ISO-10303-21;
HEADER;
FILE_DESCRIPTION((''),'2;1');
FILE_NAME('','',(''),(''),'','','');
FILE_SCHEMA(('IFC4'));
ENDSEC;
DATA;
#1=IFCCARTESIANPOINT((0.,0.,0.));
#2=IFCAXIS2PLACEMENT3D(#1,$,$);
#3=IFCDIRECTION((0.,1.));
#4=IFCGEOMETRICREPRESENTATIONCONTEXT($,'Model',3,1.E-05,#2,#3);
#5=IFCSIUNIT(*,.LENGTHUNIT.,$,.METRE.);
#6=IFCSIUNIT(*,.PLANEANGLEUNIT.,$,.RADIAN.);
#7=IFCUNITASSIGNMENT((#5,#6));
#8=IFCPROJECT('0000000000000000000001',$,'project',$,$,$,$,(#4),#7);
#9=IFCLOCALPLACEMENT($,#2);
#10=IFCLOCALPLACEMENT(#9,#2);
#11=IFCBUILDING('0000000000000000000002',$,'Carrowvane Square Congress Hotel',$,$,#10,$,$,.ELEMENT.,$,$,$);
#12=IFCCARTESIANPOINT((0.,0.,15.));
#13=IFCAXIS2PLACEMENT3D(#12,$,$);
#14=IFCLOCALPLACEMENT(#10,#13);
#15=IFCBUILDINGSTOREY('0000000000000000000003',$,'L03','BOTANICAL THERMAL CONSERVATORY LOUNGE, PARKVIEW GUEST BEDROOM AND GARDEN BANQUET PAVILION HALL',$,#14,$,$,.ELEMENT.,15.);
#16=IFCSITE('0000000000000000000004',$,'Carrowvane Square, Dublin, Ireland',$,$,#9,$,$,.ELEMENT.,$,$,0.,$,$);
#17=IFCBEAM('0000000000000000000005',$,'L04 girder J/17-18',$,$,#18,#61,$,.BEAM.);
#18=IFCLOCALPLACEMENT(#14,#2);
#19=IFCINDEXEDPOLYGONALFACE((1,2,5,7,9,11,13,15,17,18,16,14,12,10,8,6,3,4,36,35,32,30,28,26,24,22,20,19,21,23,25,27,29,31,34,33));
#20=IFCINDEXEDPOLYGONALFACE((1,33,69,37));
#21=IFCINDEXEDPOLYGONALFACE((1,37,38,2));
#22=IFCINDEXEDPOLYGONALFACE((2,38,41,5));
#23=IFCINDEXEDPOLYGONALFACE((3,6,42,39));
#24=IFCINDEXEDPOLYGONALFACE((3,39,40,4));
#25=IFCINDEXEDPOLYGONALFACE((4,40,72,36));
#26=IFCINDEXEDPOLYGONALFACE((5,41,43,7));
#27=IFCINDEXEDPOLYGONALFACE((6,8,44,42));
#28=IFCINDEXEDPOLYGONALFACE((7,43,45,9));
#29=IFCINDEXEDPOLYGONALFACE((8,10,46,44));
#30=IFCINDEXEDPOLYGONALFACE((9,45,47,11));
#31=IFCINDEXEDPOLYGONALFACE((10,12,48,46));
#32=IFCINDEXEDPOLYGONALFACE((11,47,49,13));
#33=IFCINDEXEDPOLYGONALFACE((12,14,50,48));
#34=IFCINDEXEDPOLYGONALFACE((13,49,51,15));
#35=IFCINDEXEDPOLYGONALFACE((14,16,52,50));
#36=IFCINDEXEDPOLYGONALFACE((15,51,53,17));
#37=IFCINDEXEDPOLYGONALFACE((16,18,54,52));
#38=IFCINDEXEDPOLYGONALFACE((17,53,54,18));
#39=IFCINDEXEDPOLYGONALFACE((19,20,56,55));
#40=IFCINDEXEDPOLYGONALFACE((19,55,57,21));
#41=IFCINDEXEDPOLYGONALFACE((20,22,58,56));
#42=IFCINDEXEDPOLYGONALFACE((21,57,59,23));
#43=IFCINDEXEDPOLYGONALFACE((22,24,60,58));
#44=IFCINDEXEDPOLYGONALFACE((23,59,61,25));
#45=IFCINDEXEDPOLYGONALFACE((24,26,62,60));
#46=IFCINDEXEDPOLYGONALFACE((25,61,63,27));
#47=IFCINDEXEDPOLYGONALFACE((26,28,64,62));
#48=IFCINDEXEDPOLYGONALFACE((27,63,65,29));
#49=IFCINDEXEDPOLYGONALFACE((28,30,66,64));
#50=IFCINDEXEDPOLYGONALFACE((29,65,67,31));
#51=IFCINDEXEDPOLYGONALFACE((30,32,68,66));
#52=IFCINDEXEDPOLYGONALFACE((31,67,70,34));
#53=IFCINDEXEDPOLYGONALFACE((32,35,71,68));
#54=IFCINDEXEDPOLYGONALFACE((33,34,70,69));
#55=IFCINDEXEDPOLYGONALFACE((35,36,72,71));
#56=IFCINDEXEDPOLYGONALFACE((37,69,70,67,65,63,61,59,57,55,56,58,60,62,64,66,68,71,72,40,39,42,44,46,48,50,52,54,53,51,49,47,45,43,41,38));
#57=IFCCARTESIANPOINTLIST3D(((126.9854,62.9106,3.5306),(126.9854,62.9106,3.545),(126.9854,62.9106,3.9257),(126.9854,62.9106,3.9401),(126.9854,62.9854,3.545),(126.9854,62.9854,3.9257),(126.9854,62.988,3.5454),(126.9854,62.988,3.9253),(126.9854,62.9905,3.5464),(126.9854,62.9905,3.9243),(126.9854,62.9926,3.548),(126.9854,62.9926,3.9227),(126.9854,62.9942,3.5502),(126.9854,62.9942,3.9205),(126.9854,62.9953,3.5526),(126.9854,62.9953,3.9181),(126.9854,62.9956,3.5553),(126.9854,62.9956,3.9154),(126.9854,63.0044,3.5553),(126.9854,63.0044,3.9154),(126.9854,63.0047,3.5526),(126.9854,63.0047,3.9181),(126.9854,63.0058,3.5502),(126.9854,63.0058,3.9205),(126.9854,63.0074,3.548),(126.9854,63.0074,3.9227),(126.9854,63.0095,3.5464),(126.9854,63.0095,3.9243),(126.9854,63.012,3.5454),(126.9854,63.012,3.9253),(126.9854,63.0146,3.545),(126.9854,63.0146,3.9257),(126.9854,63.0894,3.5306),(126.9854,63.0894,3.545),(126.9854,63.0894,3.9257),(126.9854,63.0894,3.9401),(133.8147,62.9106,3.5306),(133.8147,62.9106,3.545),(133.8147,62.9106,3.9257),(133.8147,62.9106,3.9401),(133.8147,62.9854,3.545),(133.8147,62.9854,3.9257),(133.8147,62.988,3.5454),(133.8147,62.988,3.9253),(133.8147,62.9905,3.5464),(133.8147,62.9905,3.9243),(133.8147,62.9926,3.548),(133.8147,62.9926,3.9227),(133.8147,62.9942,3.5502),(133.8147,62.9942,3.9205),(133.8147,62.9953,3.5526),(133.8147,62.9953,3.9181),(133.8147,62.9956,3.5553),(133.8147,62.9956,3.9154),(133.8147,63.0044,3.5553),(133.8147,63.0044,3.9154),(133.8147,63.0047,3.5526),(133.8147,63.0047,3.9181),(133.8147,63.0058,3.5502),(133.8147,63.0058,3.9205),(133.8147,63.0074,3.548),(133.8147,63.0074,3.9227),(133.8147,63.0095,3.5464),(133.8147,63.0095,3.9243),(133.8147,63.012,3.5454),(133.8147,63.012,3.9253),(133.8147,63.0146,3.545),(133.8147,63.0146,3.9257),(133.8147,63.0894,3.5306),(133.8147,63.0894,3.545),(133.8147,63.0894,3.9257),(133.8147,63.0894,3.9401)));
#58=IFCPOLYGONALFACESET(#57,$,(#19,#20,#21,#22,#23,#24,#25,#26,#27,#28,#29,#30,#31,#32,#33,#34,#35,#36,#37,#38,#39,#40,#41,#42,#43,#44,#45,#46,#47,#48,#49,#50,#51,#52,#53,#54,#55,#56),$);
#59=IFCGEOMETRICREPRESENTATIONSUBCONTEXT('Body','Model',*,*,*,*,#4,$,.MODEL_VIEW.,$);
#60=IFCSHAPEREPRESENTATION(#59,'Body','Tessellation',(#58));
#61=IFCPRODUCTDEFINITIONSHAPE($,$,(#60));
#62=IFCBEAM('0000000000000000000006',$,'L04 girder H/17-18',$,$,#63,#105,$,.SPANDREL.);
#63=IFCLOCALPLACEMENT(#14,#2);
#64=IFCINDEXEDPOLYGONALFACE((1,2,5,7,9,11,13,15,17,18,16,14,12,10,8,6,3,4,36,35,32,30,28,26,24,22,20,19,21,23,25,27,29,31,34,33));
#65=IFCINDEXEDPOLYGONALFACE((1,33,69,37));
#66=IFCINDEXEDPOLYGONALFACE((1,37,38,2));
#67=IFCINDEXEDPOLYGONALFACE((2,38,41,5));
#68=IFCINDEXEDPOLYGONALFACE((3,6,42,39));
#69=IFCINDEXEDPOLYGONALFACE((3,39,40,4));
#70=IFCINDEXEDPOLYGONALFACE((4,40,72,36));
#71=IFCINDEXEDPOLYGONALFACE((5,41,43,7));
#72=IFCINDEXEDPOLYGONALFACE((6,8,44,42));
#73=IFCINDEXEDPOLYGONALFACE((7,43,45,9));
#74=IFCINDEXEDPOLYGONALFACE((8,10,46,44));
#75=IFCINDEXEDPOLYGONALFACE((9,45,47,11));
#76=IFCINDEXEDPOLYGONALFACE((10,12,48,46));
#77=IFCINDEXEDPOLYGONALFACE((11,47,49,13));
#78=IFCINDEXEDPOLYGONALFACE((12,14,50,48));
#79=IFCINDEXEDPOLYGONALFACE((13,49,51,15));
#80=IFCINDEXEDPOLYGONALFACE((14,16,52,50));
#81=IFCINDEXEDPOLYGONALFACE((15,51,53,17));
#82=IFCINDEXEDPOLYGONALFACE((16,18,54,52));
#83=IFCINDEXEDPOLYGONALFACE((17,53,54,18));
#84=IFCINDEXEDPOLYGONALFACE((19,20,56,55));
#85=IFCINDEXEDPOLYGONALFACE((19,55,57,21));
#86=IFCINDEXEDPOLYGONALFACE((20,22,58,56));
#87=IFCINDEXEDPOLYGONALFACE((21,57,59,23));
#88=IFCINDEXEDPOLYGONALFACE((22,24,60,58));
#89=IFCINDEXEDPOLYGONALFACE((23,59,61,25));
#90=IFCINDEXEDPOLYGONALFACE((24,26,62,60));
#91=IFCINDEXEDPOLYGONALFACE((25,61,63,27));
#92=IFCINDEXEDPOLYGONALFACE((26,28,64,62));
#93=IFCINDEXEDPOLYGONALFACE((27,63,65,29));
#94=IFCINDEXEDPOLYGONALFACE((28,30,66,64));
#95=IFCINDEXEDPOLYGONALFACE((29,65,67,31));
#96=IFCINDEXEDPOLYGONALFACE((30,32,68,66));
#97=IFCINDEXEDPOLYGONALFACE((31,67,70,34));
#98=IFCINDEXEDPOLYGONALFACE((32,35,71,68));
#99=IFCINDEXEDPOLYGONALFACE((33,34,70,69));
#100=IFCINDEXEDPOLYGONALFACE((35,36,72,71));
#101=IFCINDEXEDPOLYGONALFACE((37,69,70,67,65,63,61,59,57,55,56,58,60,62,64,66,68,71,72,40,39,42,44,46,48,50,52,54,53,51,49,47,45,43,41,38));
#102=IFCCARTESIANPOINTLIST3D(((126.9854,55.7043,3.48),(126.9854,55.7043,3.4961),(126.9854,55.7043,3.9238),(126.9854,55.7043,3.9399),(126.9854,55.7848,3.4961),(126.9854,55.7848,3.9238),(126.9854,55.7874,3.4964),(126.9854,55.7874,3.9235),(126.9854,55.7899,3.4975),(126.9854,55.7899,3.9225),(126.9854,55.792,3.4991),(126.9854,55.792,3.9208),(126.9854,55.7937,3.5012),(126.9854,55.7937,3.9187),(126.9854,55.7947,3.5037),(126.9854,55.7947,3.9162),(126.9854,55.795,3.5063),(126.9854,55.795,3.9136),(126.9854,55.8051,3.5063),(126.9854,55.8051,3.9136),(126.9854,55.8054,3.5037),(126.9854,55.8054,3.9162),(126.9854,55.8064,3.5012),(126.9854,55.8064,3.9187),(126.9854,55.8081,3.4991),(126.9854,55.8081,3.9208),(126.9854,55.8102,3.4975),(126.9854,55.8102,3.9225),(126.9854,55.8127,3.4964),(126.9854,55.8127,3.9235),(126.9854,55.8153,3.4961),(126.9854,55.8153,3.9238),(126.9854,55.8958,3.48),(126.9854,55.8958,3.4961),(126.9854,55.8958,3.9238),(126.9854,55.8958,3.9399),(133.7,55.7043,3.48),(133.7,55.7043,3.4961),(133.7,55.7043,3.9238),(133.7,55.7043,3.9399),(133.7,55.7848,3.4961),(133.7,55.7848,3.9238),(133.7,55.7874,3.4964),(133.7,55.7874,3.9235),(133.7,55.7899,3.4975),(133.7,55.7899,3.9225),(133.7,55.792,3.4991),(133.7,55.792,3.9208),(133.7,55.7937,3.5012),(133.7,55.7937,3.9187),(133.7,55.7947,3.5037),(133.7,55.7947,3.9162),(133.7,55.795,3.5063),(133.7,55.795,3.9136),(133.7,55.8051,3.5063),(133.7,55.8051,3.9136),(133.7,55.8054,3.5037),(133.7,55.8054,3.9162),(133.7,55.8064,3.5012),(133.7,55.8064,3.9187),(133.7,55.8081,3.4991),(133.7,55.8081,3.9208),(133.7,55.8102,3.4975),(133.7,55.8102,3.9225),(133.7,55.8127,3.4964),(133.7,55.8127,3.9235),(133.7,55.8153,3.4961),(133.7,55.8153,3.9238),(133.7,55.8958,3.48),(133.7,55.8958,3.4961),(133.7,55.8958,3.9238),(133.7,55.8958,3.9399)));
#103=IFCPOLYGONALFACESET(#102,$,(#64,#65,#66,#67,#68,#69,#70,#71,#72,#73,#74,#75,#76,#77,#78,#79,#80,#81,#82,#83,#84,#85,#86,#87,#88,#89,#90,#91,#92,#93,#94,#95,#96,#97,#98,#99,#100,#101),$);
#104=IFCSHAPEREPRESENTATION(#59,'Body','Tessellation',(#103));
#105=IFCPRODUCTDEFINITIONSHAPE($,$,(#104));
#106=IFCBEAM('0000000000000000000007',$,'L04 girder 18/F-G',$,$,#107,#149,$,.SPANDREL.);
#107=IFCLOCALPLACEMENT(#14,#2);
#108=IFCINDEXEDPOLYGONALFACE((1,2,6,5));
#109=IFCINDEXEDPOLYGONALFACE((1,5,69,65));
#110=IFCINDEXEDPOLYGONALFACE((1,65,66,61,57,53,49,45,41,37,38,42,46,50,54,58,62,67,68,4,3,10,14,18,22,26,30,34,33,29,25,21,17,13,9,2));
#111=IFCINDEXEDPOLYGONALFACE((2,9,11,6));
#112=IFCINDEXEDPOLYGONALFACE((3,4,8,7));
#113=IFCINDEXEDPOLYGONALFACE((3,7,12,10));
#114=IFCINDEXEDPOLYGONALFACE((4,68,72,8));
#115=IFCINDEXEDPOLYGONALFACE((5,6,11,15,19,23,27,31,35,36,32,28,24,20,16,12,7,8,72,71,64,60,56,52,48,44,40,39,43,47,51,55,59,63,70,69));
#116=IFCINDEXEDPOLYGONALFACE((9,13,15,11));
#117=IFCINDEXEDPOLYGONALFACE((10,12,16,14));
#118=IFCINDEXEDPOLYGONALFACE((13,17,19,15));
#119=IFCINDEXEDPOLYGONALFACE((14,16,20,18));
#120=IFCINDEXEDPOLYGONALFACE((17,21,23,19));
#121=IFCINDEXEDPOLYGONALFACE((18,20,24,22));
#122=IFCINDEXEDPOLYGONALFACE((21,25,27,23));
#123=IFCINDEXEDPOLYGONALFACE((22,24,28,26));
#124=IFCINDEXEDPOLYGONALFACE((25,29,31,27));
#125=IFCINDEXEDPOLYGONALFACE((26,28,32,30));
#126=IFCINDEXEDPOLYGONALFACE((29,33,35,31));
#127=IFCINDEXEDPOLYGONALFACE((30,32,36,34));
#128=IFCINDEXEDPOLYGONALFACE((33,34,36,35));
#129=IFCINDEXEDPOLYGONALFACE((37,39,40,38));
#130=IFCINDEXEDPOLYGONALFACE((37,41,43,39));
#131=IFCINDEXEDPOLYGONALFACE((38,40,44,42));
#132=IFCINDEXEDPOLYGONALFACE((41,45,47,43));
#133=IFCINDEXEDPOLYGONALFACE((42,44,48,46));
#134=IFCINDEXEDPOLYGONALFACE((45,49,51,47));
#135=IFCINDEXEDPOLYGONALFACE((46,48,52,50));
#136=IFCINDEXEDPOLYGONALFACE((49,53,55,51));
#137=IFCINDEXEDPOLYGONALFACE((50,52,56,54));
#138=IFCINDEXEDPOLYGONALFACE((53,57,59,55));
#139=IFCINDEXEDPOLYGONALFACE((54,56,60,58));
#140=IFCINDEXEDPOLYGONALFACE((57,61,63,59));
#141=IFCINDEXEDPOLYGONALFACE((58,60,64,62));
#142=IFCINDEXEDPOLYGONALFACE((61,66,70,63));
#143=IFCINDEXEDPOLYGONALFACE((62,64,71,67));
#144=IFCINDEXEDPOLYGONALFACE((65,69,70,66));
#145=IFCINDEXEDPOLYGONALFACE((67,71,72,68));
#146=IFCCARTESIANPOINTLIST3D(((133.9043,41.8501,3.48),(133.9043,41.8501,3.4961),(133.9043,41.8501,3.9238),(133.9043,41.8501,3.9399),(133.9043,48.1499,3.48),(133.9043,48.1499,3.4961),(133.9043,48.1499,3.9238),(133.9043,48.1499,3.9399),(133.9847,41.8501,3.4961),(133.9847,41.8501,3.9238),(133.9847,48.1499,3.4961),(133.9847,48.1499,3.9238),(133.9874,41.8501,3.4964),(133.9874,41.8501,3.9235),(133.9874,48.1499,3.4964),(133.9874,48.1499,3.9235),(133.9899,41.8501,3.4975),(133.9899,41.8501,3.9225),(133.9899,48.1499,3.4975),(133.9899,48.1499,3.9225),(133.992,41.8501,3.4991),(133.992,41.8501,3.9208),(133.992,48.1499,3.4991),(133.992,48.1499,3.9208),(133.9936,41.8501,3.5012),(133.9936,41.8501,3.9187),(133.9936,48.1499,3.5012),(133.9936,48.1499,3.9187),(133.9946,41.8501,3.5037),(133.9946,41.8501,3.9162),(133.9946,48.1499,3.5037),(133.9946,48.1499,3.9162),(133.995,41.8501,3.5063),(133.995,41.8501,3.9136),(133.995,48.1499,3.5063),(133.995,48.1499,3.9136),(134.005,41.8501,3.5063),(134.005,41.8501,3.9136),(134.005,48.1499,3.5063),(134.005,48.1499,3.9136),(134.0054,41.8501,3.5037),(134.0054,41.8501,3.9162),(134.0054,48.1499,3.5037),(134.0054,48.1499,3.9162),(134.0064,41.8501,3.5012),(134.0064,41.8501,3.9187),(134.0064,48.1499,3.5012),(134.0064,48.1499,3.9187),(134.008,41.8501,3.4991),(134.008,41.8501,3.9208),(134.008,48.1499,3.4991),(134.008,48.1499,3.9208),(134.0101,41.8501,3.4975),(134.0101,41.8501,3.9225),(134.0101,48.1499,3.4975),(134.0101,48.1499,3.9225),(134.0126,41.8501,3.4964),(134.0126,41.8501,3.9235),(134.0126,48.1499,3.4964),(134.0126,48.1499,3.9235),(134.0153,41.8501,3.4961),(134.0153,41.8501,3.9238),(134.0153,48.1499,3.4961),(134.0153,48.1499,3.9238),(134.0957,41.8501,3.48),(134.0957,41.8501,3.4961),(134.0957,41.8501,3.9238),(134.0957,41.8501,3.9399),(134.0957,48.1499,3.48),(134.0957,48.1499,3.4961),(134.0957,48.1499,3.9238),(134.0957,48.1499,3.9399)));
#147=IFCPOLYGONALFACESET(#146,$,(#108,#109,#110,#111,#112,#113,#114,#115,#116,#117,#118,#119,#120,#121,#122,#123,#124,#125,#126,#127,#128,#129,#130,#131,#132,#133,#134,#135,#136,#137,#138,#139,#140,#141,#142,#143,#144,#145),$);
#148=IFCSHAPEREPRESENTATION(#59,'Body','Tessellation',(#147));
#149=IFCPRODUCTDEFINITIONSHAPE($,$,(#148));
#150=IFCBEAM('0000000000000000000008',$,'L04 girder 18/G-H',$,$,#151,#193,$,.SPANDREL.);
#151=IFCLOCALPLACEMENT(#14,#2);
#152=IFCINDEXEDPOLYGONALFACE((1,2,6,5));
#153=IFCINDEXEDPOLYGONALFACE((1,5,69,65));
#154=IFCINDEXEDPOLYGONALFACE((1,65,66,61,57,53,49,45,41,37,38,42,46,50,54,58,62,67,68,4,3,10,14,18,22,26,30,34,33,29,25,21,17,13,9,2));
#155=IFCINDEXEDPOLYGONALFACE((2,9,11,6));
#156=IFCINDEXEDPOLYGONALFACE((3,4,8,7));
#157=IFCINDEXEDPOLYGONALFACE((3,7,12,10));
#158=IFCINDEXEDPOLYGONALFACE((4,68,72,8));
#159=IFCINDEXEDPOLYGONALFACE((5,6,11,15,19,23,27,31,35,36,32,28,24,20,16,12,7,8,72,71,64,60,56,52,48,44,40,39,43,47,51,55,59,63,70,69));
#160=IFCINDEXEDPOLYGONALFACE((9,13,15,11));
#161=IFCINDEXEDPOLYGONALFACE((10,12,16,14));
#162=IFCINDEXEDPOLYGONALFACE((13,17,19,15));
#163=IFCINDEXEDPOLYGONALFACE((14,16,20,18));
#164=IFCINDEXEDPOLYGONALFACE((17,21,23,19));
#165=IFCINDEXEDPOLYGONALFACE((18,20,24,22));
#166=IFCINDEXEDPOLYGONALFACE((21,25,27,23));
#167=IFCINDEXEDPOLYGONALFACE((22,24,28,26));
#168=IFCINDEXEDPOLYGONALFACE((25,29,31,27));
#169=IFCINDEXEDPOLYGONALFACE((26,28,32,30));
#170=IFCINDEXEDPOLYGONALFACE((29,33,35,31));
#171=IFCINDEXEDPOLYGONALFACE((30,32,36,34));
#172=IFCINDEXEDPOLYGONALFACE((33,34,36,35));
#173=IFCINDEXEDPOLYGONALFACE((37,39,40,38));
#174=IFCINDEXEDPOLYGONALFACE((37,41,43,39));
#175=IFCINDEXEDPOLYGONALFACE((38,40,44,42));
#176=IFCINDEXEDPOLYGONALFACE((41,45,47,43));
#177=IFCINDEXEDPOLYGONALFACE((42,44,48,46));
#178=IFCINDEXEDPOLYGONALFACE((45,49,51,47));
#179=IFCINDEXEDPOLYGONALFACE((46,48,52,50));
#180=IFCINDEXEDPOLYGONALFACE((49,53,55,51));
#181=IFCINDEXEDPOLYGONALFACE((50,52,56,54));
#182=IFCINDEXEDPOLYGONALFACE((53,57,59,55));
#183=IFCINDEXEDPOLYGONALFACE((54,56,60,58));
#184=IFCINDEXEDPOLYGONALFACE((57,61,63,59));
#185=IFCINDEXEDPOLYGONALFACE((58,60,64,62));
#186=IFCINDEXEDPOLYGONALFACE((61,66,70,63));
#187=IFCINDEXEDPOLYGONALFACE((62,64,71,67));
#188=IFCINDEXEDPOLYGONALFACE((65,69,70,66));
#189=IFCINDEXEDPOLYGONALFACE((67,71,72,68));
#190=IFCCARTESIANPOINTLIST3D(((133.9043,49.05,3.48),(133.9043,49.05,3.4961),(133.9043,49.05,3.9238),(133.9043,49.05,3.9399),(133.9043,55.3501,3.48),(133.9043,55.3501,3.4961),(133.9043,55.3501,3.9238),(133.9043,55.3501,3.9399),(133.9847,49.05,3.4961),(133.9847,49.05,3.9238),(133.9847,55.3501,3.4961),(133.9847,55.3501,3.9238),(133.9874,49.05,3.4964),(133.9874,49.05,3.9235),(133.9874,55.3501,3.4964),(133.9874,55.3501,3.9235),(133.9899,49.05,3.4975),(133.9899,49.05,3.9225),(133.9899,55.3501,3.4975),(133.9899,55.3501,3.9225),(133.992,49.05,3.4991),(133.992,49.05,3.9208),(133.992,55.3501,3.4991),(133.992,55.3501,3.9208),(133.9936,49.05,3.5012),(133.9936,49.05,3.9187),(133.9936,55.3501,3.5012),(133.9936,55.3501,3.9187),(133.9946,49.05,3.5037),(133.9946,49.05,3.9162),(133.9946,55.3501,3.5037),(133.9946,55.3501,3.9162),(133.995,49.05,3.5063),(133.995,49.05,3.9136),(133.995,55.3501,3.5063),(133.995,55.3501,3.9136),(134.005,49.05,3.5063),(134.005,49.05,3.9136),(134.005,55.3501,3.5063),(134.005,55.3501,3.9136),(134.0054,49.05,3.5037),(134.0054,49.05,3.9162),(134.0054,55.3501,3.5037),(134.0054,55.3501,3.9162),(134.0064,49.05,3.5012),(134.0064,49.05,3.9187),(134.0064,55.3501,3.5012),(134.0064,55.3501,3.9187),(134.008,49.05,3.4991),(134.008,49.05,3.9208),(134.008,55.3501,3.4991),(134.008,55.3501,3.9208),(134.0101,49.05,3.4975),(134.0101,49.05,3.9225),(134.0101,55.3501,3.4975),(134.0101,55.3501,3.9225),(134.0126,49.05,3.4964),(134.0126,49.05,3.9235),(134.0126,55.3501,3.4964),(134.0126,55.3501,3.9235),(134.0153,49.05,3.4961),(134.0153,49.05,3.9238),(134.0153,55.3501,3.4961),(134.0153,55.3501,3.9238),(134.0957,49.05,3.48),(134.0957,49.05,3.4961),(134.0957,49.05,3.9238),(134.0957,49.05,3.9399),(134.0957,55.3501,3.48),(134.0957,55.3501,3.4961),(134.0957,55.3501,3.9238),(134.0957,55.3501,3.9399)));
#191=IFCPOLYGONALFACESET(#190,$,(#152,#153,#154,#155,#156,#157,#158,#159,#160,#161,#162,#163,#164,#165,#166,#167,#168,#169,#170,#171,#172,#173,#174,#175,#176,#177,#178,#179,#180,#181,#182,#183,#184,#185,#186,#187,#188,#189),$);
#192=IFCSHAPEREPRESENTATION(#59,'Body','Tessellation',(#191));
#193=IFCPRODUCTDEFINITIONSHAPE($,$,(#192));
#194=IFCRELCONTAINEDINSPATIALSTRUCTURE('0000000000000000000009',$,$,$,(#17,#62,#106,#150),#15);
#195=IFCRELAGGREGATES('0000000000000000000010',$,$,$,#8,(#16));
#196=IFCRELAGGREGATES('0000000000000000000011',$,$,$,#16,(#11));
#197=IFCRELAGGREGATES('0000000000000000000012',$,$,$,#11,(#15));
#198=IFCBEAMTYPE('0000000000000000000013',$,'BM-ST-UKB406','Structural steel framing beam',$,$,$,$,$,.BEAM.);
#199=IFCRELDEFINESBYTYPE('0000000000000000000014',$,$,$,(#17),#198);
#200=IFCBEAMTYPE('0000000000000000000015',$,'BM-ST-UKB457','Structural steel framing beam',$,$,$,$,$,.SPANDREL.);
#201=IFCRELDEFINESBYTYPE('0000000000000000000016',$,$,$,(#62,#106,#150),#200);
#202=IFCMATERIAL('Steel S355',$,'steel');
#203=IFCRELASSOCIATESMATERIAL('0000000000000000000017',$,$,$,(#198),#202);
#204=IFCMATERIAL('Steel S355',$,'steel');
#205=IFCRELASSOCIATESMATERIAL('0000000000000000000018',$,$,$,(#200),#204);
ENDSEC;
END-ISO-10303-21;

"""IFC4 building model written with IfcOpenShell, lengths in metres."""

from ifc_helpers import new_model, si_unit, direction, frame, origin, origin_2d, place, context, subcontext, project, spatial, i_section, extrude, material, material_profile, profile_set, type_object, element, save


model = new_model("IFC4")

# Units and contexts
model_context = context("Model", 3, precision=1e-05, world=origin(), true_north=direction((0.0, 1.0)))
body_context = subcontext(model_context, "Body", "Model", "MODEL_VIEW")
ifc_project = project(units=[si_unit("LENGTHUNIT", "METRE"), si_unit("PLANEANGLEUNIT", "RADIAN")], contexts=[model_context])

# Site, building, storey
site_placement = place(None, origin())
site = spatial("IfcSite", under=ifc_project, at=site_placement, Name="Carrowvane Square, Dublin, Ireland", CompositionType="ELEMENT", RefElevation=0.0)
building_placement = place(site_placement, origin())
building = spatial("IfcBuilding", under=site, at=building_placement, Name="Carrowvane Square Congress Hotel", CompositionType="ELEMENT")
storey_placement = place(building_placement, frame((0.0, 0.0, 15.0)))
storey = spatial("IfcBuildingStorey", under=building, at=storey_placement, Name="L03", Description="BOTANICAL THERMAL CONSERVATORY LOUNGE, PARKVIEW GUEST BEDROOM AND GARDEN BANQUET PAVILION HALL", CompositionType="ELEMENT", Elevation=15.0)

# Beams
ifc_material_1 = material(Name="Steel S355", Category="steel")
ifc_material_profile_1 = material_profile(ifc_material_1, i_section(OverallWidth=0.1787, OverallDepth=0.4094, WebThickness=0.0088, FlangeThickness=0.0144, FilletRadius=0.0103, at=origin_2d()), Name="UKB 406x178x67")
ifc_profile_set_1 = profile_set([ifc_material_profile_1], Name="Steel S355")
beam_type_1 = type_object("IfcBeamType", Name="BM-ST-UKB406", Description="Structural steel framing beam", PredefinedType="BEAM", material=ifc_profile_set_1)
beam_1_placement = place(storey_placement, frame((126.9854, 63.0, 3.7354), z_axis=(1.0, 0.0, 0.0), x_axis=(0.0, 1.0, 0.0)))
element("IfcBeam", 1, at=beam_1_placement, inside=storey, type_object=beam_type_1, Name="L04 girder J/17-18", PredefinedType="BEAM", context=body_context, shape_type="SweptSolid", body=[
    extrude(i_section(OverallWidth=0.1787, OverallDepth=0.4094, WebThickness=0.0088, FlangeThickness=0.0144, FilletRadius=0.0103, at=origin_2d()), origin(), (0.0, 0.0, 1.0), 6.8293),
])
ifc_material_2 = material(Name="Steel S355", Category="steel")
ifc_material_profile_2 = material_profile(ifc_material_2, i_section(OverallWidth=0.1914, OverallDepth=0.46, WebThickness=0.01, FlangeThickness=0.0161, FilletRadius=0.0103, at=origin_2d()), Name="UKB 457x191x82")
ifc_profile_set_2 = profile_set([ifc_material_profile_2], Name="Steel S355")
beam_type_2 = type_object("IfcBeamType", Name="BM-ST-UKB457", Description="Structural steel framing beam", PredefinedType="SPANDREL", material=ifc_profile_set_2)
beam_2_placement = place(storey_placement, frame((126.9854, 55.8, 3.71), z_axis=(1.0, 0.0, 0.0), x_axis=(0.0, 1.0, 0.0)))
element("IfcBeam", 2, at=beam_2_placement, inside=storey, type_object=beam_type_2, Name="L04 girder H/17-18", PredefinedType="SPANDREL", context=body_context, shape_type="SweptSolid", body=[
    extrude(i_section(OverallWidth=0.1914, OverallDepth=0.46, WebThickness=0.01, FlangeThickness=0.0161, FilletRadius=0.0103, at=origin_2d()), origin(), (0.0, 0.0, 1.0), 6.7146),
])
beam_3_placement = place(storey_placement, frame((134.0, 41.8501, 3.71), z_axis=(0.0, 1.0, 0.0), x_axis=(-1.0, 0.0, 0.0)))
element("IfcBeam", 3, at=beam_3_placement, inside=storey, type_object=beam_type_2, Name="L04 girder 18/F-G", PredefinedType="SPANDREL", context=body_context, shape_type="SweptSolid", body=[
    extrude(i_section(OverallWidth=0.1914, OverallDepth=0.46, WebThickness=0.01, FlangeThickness=0.0161, FilletRadius=0.0103, at=origin_2d()), origin(), (0.0, 0.0, 1.0), 6.2998),
])
beam_4_placement = place(storey_placement, frame((134.0, 49.05, 3.71), z_axis=(0.0, 1.0, 0.0), x_axis=(-1.0, 0.0, 0.0)))
element("IfcBeam", 4, at=beam_4_placement, inside=storey, type_object=beam_type_2, Name="L04 girder 18/G-H", PredefinedType="SPANDREL", context=body_context, shape_type="SweptSolid", body=[
    extrude(i_section(OverallWidth=0.1914, OverallDepth=0.46, WebThickness=0.01, FlangeThickness=0.0161, FilletRadius=0.0103, at=origin_2d()), origin(), (0.0, 0.0, 1.0), 6.3),
])

save(model, "model.ifc")
